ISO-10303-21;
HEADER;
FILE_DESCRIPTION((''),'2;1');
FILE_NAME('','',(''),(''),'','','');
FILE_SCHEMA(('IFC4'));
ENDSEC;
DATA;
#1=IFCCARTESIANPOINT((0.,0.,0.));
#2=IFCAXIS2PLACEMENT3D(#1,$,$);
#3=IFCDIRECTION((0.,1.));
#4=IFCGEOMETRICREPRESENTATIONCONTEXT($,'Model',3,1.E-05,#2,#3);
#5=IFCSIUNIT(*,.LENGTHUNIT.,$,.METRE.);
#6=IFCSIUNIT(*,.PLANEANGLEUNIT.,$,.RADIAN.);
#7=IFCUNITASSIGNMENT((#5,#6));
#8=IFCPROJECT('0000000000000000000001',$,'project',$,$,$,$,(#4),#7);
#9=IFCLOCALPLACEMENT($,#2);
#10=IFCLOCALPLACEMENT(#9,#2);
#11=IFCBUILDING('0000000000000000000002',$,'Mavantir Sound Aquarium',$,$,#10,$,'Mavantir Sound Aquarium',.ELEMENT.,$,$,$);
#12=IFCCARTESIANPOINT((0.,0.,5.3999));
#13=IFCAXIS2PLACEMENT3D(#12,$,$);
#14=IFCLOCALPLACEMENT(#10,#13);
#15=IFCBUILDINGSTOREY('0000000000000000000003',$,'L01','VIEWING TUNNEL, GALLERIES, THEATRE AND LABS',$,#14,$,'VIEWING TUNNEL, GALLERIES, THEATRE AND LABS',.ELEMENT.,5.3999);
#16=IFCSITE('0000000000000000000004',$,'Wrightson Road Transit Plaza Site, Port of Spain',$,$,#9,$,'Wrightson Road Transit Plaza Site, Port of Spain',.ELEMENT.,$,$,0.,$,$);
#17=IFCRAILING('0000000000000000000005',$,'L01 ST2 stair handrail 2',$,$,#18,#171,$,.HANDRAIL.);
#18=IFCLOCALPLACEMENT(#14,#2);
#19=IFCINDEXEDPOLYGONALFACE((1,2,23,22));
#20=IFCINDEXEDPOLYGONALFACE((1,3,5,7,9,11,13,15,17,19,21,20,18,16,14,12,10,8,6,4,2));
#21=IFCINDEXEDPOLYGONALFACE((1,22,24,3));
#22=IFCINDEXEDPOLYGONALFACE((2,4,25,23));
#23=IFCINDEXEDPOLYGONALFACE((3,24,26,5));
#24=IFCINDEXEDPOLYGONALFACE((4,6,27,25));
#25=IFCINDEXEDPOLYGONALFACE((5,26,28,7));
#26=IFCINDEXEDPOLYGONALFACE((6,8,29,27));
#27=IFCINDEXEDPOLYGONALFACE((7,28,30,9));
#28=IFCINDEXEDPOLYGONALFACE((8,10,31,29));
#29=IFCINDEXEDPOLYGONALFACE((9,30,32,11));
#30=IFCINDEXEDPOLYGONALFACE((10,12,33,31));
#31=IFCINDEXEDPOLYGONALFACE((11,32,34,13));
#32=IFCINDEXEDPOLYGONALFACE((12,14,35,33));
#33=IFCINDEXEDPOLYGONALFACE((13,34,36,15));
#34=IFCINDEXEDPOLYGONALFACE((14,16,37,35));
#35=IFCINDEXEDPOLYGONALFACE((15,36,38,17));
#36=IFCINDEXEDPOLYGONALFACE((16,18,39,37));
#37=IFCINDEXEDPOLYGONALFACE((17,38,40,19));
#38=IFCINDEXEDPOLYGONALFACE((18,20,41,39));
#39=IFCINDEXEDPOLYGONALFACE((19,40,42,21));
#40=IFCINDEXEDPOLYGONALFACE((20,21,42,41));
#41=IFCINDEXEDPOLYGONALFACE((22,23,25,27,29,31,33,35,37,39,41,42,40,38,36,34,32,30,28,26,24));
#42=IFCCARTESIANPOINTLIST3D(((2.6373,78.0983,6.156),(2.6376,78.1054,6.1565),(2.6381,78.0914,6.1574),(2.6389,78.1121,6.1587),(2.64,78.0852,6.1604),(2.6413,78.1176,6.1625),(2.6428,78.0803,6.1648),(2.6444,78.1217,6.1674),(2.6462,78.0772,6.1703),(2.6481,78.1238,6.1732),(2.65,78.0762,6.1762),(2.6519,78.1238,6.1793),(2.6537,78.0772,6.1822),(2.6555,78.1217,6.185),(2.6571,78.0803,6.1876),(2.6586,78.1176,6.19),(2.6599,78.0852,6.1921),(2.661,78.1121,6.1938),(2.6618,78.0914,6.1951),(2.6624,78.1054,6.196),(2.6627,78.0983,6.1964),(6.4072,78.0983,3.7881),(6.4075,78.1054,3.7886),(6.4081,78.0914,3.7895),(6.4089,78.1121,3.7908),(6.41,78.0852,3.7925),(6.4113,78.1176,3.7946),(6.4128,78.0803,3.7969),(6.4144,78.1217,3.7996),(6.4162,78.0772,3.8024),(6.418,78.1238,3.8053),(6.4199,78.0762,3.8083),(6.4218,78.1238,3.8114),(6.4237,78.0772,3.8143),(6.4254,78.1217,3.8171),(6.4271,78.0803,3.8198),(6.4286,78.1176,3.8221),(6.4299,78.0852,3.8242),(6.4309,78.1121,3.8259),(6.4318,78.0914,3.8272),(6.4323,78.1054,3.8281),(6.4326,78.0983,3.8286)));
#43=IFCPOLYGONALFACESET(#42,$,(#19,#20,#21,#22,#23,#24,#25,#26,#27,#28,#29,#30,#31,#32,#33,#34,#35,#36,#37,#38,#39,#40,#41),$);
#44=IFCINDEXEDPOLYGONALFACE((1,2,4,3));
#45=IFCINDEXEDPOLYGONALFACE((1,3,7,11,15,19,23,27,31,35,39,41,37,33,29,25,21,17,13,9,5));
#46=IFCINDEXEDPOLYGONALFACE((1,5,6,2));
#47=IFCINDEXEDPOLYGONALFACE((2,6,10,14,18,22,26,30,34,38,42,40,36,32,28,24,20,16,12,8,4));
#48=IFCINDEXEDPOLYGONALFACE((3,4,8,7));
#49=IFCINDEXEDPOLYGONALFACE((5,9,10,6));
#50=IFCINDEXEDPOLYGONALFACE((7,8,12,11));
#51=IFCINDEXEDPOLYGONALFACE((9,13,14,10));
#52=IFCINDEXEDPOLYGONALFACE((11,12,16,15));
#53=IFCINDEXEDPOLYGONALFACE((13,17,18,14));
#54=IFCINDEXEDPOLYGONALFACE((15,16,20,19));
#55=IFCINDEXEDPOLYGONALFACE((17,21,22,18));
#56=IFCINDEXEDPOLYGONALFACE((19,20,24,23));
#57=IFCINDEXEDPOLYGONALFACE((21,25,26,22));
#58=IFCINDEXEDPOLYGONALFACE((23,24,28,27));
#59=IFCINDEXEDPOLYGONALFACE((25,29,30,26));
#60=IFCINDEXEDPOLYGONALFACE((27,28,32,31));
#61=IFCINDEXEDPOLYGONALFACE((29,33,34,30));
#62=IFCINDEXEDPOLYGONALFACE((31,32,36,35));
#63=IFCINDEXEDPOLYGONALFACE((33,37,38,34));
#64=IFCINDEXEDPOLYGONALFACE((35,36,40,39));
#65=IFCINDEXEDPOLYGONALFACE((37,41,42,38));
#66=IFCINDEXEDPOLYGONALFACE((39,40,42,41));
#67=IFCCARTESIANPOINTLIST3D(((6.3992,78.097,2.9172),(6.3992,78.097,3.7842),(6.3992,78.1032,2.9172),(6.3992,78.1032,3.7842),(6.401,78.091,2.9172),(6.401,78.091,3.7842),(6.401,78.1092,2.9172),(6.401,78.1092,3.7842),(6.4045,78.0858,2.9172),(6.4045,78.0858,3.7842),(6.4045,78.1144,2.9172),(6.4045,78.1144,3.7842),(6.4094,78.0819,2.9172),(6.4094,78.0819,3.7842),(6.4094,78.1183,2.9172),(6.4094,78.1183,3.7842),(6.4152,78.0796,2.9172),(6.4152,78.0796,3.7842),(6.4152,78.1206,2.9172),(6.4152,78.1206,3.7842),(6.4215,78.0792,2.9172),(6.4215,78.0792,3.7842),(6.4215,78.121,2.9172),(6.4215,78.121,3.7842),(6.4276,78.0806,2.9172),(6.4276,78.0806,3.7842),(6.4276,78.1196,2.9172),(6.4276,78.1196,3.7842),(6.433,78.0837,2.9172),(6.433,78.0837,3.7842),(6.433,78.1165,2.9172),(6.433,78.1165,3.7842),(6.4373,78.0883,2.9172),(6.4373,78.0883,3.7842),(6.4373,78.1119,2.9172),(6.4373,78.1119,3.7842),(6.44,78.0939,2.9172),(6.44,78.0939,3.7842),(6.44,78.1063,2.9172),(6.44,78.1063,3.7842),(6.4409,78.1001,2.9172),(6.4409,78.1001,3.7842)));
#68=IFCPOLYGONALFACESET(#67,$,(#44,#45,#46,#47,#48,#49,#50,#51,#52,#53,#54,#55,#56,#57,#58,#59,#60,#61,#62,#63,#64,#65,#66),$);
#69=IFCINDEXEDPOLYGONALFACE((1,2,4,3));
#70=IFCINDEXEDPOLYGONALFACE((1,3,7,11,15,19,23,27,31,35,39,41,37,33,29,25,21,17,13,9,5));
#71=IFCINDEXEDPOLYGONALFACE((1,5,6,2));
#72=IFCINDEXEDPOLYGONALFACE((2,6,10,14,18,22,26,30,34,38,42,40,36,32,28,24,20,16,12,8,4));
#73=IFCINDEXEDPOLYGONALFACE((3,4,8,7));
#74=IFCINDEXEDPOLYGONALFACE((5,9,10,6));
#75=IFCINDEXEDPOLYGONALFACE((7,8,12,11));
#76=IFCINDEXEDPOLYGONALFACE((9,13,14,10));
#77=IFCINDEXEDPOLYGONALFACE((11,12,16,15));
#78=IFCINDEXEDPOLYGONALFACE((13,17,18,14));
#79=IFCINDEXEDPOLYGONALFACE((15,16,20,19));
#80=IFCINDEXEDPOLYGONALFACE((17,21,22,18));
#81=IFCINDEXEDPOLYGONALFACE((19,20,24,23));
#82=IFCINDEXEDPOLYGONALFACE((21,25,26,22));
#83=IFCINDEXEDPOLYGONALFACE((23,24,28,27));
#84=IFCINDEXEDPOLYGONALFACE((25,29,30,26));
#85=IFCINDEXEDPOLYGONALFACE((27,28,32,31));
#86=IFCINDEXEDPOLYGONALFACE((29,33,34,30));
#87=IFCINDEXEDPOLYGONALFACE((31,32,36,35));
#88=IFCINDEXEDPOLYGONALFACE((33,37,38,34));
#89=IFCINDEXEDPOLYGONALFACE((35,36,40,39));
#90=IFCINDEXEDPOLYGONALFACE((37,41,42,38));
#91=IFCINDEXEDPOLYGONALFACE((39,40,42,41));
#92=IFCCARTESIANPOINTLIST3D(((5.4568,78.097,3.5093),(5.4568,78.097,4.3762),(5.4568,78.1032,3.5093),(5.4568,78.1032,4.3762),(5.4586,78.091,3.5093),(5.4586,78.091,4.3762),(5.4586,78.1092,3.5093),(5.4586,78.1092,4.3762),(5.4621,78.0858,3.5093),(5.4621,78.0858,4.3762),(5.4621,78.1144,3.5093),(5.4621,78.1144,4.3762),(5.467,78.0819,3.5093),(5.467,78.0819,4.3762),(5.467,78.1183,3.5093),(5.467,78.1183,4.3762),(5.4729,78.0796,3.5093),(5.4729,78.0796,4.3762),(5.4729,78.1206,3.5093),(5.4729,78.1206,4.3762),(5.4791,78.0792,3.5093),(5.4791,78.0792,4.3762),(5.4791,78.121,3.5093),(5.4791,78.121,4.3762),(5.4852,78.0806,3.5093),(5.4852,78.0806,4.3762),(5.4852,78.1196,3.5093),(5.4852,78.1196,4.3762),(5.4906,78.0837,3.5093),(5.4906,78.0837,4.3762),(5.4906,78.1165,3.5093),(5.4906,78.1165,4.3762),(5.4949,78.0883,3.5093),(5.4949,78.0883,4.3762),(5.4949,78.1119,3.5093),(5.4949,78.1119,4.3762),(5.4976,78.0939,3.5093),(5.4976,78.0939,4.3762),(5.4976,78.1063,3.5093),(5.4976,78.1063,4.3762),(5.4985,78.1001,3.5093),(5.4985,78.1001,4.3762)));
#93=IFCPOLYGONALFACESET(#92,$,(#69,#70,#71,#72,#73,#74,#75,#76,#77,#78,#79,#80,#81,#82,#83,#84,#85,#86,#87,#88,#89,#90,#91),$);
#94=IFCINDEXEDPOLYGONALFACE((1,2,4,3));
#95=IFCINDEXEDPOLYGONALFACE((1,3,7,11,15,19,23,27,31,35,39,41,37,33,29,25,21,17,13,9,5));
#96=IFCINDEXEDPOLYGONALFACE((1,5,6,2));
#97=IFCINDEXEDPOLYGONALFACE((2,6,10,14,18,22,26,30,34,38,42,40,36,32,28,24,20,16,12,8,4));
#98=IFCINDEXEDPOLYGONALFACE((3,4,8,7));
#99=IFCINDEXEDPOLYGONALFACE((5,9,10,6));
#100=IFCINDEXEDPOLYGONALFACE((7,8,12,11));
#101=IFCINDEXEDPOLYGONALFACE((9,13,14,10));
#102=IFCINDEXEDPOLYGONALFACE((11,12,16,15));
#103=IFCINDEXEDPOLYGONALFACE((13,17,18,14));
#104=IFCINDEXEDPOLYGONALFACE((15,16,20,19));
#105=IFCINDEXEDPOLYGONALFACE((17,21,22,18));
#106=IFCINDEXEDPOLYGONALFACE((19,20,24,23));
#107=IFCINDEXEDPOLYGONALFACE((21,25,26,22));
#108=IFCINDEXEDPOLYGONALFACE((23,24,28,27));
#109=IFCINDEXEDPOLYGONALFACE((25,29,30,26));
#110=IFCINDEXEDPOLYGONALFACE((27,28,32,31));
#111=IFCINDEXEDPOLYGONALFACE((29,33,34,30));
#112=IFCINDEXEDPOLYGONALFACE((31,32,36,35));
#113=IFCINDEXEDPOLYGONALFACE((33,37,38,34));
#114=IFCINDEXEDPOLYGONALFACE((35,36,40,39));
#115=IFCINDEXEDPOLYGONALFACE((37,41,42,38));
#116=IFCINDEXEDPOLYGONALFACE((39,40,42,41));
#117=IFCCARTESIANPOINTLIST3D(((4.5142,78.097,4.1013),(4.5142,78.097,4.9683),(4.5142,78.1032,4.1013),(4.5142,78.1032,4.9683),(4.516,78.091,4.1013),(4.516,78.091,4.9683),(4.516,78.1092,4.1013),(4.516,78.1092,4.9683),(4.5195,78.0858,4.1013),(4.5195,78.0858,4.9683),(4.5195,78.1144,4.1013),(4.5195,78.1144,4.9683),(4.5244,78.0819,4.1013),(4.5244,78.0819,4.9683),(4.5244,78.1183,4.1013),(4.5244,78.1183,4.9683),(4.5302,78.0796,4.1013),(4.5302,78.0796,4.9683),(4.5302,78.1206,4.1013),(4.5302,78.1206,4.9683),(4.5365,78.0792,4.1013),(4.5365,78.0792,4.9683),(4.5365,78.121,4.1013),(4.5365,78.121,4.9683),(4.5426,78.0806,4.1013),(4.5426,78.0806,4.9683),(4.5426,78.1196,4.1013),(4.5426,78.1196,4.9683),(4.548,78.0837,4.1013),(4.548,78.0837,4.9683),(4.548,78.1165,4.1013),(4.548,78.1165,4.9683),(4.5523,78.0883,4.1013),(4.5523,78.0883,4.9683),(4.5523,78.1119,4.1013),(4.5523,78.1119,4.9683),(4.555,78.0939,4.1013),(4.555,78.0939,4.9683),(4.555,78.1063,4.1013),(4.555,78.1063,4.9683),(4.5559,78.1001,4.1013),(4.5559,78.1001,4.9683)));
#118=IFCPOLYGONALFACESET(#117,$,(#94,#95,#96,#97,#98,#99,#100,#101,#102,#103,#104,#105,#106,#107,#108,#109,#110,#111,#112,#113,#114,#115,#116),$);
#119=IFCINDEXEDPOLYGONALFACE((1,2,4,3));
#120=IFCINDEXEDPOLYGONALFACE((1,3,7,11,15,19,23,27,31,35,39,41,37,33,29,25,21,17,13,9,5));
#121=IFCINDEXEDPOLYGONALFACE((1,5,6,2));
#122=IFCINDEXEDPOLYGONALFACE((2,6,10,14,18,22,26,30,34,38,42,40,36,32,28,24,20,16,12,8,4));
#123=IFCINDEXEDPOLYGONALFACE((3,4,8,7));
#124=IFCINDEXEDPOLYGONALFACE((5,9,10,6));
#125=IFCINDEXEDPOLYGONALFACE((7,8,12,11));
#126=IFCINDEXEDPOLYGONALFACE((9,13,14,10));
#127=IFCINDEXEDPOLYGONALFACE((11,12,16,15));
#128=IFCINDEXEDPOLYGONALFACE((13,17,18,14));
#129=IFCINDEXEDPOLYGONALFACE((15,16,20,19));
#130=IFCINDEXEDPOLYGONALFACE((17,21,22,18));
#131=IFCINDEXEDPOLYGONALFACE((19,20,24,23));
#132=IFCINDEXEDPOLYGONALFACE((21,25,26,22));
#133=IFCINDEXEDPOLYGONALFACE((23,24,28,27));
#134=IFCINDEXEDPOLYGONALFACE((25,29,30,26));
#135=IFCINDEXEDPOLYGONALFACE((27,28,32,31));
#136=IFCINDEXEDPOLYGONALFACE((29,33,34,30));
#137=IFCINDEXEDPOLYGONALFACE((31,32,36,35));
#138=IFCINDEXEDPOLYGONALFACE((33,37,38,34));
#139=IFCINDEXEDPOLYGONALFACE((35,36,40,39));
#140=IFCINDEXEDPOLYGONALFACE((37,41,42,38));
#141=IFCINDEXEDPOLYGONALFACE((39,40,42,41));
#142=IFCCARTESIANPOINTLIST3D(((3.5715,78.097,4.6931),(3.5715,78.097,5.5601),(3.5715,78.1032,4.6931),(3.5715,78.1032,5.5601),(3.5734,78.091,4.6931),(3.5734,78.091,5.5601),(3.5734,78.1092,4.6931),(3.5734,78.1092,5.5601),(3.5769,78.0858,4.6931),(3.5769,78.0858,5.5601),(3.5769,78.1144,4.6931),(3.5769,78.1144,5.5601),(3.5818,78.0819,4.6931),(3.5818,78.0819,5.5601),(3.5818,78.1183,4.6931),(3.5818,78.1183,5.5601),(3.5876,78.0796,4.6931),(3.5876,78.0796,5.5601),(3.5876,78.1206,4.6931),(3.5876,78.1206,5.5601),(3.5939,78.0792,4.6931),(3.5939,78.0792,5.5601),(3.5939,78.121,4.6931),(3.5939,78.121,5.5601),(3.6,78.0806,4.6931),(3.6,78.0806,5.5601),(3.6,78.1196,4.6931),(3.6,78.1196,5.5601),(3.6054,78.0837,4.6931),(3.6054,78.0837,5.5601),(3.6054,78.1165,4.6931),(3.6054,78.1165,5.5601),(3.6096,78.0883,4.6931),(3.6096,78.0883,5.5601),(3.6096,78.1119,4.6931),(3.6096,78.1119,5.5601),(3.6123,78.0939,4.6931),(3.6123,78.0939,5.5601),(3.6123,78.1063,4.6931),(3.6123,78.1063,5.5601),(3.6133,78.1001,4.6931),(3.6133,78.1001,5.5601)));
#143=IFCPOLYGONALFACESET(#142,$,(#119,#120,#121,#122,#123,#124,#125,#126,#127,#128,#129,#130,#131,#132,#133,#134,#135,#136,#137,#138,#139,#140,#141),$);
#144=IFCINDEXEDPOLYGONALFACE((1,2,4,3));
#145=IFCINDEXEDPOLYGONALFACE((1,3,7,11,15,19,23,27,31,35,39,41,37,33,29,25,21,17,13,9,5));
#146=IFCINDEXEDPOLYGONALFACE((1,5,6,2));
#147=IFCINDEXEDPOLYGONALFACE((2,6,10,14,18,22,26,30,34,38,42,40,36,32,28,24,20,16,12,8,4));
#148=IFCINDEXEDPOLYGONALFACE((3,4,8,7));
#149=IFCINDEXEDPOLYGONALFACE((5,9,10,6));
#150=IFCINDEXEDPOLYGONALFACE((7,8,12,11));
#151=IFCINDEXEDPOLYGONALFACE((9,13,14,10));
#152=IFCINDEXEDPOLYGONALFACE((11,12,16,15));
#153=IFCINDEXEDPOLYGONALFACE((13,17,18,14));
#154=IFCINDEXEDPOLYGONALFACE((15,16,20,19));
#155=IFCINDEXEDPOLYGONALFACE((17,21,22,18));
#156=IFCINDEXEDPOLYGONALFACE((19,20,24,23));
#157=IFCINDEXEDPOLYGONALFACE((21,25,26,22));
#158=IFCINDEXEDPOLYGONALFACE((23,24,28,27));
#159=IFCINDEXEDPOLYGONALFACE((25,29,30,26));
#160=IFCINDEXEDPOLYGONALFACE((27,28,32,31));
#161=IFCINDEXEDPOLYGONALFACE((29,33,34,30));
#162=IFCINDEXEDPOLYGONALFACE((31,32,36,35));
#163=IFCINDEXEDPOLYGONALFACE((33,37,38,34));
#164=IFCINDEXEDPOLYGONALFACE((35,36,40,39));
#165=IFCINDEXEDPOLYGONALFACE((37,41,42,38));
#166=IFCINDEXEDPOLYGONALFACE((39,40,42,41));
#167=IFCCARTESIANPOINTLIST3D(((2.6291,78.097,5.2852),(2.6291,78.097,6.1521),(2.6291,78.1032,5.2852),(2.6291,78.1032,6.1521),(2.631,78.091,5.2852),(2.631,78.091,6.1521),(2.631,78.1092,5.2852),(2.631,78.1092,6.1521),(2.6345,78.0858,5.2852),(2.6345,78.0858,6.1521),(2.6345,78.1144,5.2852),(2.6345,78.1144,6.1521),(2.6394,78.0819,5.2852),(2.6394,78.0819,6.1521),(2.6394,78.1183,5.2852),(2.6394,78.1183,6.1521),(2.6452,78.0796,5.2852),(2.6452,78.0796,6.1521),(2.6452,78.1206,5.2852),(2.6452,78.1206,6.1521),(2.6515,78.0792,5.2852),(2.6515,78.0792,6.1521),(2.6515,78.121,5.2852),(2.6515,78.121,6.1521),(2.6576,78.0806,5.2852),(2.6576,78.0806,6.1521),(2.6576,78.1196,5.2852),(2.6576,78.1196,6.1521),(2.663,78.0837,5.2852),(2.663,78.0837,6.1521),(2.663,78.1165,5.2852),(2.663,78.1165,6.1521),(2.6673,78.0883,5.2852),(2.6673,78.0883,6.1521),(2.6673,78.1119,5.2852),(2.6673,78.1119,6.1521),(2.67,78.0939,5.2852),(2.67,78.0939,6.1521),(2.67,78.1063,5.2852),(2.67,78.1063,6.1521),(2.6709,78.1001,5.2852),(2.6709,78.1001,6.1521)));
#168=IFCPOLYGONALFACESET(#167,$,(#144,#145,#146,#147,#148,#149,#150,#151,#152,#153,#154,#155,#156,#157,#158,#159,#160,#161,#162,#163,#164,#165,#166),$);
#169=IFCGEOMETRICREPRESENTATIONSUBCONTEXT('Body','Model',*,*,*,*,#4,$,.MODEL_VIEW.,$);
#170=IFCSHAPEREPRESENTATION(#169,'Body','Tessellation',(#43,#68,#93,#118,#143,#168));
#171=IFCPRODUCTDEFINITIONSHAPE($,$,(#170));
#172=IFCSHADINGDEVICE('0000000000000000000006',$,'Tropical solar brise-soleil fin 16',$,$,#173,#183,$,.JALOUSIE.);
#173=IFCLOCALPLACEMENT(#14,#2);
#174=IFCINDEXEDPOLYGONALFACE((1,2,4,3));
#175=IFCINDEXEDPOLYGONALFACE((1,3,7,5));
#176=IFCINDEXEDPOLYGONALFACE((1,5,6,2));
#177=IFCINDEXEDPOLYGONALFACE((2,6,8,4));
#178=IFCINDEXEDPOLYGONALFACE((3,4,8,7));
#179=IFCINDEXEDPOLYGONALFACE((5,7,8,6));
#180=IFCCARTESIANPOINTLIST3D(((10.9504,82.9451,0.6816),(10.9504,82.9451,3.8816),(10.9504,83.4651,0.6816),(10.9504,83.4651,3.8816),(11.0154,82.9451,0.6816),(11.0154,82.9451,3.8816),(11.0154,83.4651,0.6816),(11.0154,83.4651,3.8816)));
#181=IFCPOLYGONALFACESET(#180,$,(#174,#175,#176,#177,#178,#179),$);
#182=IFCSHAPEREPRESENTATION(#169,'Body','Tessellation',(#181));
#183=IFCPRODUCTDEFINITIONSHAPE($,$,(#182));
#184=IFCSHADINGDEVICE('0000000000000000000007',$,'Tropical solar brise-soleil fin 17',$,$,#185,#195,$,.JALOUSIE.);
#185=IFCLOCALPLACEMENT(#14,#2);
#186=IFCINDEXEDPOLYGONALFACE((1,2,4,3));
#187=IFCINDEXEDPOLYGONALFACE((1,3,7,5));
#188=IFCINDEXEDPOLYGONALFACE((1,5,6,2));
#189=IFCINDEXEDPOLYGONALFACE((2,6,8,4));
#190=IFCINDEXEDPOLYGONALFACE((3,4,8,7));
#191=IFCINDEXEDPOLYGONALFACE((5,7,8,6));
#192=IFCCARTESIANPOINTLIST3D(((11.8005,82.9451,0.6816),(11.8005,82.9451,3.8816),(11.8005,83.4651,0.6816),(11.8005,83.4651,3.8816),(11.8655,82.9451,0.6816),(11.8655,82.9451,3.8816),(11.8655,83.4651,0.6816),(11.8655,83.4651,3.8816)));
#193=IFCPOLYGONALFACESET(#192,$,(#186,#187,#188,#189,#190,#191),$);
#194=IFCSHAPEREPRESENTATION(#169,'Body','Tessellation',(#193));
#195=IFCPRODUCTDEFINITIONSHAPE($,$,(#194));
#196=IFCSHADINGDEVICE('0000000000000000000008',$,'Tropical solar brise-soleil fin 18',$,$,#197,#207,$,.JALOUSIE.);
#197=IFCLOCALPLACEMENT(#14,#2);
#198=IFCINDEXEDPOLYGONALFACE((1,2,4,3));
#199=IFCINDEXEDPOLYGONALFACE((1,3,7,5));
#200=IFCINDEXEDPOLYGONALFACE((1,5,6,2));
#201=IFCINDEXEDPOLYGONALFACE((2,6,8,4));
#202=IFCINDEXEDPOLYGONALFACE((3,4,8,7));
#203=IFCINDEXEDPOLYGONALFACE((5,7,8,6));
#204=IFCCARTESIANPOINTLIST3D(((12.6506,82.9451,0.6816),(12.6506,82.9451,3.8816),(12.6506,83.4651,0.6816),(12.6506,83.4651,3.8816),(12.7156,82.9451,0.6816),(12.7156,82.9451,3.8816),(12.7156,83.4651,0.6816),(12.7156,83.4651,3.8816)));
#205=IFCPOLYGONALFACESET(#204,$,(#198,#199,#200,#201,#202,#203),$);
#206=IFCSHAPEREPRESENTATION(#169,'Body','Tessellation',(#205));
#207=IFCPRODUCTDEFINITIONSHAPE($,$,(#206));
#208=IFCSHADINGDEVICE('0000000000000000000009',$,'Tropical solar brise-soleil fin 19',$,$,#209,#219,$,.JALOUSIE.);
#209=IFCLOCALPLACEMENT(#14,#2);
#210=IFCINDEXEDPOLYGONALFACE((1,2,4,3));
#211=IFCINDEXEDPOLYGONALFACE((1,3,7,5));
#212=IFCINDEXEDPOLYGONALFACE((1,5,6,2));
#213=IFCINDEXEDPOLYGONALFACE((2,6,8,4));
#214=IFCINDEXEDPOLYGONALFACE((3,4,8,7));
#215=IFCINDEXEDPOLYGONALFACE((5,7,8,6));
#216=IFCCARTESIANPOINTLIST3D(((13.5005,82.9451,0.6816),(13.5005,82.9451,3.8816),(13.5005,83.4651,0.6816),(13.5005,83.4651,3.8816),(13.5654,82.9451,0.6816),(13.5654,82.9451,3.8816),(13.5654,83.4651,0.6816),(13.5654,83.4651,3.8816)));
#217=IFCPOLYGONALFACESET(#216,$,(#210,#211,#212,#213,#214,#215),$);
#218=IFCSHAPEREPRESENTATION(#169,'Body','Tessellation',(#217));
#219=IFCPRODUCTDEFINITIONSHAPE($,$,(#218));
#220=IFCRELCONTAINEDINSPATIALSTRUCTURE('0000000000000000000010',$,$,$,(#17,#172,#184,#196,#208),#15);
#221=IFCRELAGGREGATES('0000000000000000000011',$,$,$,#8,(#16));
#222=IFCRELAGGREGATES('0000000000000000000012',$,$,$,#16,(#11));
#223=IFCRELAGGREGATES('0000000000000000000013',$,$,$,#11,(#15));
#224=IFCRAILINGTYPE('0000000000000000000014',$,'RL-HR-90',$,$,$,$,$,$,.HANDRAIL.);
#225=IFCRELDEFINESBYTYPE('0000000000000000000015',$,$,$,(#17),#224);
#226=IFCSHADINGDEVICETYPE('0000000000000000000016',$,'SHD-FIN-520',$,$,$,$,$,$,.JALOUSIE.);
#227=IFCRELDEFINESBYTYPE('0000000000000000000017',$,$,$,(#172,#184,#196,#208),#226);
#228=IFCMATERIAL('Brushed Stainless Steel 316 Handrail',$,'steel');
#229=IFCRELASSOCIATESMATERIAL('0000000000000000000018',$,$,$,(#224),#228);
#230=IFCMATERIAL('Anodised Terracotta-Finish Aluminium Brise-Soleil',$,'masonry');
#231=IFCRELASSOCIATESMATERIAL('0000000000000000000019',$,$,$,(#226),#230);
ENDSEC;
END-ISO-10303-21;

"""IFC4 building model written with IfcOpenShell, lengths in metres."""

from ifc_helpers import new_model, si_unit, direction, frame, origin, origin_2d, place, context, subcontext, project, spatial, rectangle, circle, extrude, material, type_object, element, save


model = new_model("IFC4")

# Units and contexts
model_context = context("Model", 3, precision=1e-05, world=origin(), true_north=direction((0.0, 1.0)))
body_context = subcontext(model_context, "Body", "Model", "MODEL_VIEW")
ifc_project = project(units=[si_unit("LENGTHUNIT", "METRE"), si_unit("PLANEANGLEUNIT", "RADIAN")], contexts=[model_context])

# Site, building, storey
site_placement = place(None, origin())
site = spatial("IfcSite", under=ifc_project, at=site_placement, Name="Wrightson Road Transit Plaza Site, Port of Spain", LongName="Wrightson Road Transit Plaza Site, Port of Spain", CompositionType="ELEMENT", RefElevation=0.0)
building_placement = place(site_placement, origin())
building = spatial("IfcBuilding", under=site, at=building_placement, Name="Mavantir Sound Aquarium", LongName="Mavantir Sound Aquarium", CompositionType="ELEMENT")
storey_placement = place(building_placement, frame((0.0, 0.0, 5.3999)))
storey = spatial("IfcBuildingStorey", under=building, at=storey_placement, Name="L01", Description="VIEWING TUNNEL, GALLERIES, THEATRE AND LABS", LongName="VIEWING TUNNEL, GALLERIES, THEATRE AND LABS", CompositionType="ELEMENT", Elevation=5.3999)

# Railing
ifc_material_1 = material(Name="Brushed Stainless Steel 316 Handrail", Category="steel")
railing_type_1 = type_object("IfcRailingType", Name="RL-HR-90", PredefinedType="HANDRAIL", material=ifc_material_1)
railing_1_placement = place(storey_placement, frame((6.4199, 78.1001, 2.9172)))
element("IfcRailing", 1, at=railing_1_placement, inside=storey, type_object=railing_type_1, Name="L01 ST2 stair handrail 2", PredefinedType="HANDRAIL", context=body_context, shape_type="SweptSolid", body=[
    extrude(circle(Radius=0.0239, at=origin_2d()), frame((0.0, 0.0, 0.8911), z_axis=(-0.846819, 0.0, 0.531881), x_axis=(0.0, -1.0, 0.0)), (0.0, 0.0, 1.0), 4.4519),
    extrude(circle(Radius=0.021, at=origin_2d()), origin(), (0.0, 0.0, 1.0), 0.8669),
    extrude(circle(Radius=0.021, at=origin_2d()), frame((-0.9424, 0.0, 0.592)), (0.0, 0.0, 1.0), 0.8669),
    extrude(circle(Radius=0.021, at=origin_2d()), frame((-1.885, 0.0, 1.1841)), (0.0, 0.0, 1.0), 0.8669),
    extrude(circle(Radius=0.021, at=origin_2d()), frame((-2.8276, 0.0, 1.7759)), (0.0, 0.0, 1.0), 0.8669),
    extrude(circle(Radius=0.021, at=origin_2d()), frame((-3.77, 0.0, 2.3679)), (0.0, 0.0, 1.0), 0.8669),
])

# Shading devices
ifc_material_2 = material(Name="Anodised Terracotta-Finish Aluminium Brise-Soleil", Category="masonry")
shading_device_type = type_object("IfcShadingDeviceType", Name="SHD-FIN-520", PredefinedType="JALOUSIE", material=ifc_material_2)
for number, where, z_axis, x_axis, name in (
    (2, (10.9829, 83.2051, 0.6816), (0.0, 0.0, 1.0), (-1.0, 0.0, 0.0), "Tropical solar brise-soleil fin 16"),
    (3, (11.833, 83.2051, 0.6816), (0.0, 0.0, 1.0), (-1.0, 0.0, 0.0), "Tropical solar brise-soleil fin 17"),
    (4, (12.6831, 83.2051, 0.6816), (0.0, 0.0, 1.0), (-1.0, 0.0, 0.0), "Tropical solar brise-soleil fin 18"),
    (5, (13.533, 83.2051, 0.6816), (0.0, 0.0, 1.0), (-1.0, 0.0, 0.0), "Tropical solar brise-soleil fin 19"),
):
    element("IfcShadingDevice", number, at=place(storey_placement, frame(where, z_axis=z_axis, x_axis=x_axis)), inside=storey, type_object=shading_device_type, Name=name, PredefinedType="JALOUSIE", context=body_context, shape_type="SweptSolid", body=[
        extrude(rectangle(XDim=0.0649, YDim=0.52, at=origin_2d()), origin(), (0.0, 0.0, 1.0), 3.2),
    ])

save(model, "model.ifc")
